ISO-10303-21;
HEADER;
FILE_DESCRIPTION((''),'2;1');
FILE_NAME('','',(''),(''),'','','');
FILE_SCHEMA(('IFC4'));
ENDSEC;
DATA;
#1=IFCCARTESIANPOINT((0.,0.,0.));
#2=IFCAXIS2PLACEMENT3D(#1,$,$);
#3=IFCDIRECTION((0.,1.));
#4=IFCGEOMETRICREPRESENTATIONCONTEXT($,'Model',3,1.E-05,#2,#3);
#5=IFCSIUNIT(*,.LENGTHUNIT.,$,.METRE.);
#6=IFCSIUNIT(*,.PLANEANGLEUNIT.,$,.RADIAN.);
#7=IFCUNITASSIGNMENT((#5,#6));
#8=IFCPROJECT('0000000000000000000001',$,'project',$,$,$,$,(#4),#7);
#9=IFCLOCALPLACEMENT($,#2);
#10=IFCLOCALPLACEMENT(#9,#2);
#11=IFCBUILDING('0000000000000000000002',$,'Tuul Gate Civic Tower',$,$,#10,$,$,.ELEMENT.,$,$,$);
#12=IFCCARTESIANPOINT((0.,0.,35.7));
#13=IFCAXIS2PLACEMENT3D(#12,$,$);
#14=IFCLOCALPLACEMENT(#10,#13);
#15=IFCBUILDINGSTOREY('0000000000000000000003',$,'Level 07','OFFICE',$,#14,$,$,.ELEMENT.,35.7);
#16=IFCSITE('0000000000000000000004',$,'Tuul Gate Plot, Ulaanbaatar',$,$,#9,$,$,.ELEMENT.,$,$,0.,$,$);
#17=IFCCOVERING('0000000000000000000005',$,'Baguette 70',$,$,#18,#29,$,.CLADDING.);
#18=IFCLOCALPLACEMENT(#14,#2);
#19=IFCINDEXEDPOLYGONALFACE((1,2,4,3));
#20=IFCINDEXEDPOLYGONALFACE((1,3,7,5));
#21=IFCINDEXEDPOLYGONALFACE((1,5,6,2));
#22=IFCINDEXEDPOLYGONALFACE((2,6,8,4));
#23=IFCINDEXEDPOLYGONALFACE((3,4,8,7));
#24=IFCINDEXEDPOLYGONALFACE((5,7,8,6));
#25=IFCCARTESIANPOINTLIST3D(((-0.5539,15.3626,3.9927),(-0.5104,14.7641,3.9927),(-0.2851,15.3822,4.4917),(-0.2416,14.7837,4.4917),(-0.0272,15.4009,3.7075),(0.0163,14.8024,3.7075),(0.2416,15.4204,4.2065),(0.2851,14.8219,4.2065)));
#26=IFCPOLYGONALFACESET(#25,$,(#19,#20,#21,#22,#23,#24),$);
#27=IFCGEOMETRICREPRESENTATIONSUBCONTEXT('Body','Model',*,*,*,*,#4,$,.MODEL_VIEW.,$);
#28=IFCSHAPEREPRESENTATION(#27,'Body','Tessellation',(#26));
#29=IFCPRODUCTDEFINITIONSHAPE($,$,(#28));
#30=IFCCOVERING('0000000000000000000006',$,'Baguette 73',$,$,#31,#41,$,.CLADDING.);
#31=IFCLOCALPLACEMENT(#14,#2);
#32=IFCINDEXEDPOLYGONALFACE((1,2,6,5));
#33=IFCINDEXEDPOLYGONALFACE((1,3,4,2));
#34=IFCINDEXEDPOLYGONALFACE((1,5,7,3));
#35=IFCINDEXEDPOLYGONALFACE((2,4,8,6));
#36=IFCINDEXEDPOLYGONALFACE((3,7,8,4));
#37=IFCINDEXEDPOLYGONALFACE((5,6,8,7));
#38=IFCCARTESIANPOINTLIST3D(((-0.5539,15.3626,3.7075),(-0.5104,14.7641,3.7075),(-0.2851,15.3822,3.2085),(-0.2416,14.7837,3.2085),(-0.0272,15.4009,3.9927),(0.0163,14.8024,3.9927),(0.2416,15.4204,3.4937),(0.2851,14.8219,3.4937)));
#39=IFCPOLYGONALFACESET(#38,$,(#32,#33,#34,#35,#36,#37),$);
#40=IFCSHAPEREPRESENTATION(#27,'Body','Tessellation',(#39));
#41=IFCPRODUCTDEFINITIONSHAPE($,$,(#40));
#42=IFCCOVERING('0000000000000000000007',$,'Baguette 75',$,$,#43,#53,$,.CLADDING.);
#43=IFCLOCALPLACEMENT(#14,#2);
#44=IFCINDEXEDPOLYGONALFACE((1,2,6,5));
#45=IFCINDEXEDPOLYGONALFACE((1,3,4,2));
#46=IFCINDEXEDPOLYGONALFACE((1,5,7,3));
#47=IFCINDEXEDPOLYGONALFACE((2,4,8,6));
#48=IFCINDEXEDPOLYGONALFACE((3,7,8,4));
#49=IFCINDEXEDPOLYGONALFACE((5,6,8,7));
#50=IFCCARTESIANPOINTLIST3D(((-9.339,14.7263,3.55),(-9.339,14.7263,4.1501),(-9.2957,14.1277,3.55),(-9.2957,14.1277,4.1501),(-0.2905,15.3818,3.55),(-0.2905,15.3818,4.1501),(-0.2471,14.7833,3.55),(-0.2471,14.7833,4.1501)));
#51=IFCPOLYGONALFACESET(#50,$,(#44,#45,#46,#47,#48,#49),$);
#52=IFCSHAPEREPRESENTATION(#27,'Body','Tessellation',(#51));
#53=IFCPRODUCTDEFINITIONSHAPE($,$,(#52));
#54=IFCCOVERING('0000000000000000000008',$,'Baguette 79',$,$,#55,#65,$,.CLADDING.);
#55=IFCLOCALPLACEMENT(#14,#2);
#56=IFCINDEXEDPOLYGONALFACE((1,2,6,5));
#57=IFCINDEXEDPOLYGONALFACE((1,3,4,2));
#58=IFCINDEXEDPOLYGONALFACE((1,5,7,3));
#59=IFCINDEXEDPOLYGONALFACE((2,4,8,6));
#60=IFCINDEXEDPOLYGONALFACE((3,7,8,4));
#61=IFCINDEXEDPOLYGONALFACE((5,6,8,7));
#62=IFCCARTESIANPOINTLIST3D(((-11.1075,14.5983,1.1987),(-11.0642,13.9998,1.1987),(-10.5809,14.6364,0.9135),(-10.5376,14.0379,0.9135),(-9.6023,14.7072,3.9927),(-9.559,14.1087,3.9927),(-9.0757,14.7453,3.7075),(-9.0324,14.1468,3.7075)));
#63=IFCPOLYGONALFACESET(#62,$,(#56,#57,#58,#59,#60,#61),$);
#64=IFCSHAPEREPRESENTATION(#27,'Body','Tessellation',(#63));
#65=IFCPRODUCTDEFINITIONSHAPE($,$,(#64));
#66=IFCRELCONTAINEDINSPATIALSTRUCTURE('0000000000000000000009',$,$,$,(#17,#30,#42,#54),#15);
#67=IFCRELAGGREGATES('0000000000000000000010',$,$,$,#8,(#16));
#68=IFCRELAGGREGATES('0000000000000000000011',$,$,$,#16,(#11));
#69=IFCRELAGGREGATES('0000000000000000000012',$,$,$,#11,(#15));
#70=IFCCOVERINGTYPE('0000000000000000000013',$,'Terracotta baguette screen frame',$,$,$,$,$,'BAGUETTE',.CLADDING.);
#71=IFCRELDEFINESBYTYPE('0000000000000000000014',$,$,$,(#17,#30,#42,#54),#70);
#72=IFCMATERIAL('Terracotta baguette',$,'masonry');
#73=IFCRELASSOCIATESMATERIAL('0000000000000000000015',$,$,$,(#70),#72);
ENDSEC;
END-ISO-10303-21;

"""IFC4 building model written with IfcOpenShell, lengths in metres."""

from ifc_helpers import new_model, si_unit, direction, frame, origin, origin_2d, place, context, subcontext, project, spatial, rectangle, extrude, material, material_profile, profile_set, type_object, element, save


model = new_model("IFC4")

# Units and contexts
model_context = context("Model", 3, precision=1e-05, world=origin(), true_north=direction((0.0, 1.0)))
body_context = subcontext(model_context, "Body", "Model", "MODEL_VIEW")
ifc_project = project(units=[si_unit("LENGTHUNIT", "METRE"), si_unit("PLANEANGLEUNIT", "RADIAN")], contexts=[model_context])

# Site, building, storey
site_placement = place(None, origin())
site = spatial("IfcSite", under=ifc_project, at=site_placement, Name="Tuul Gate Plot, Ulaanbaatar", CompositionType="ELEMENT", RefElevation=0.0)
building_placement = place(site_placement, origin())
building = spatial("IfcBuilding", under=site, at=building_placement, Name="Tuul Gate Civic Tower", CompositionType="ELEMENT")
storey_placement = place(building_placement, frame((0.0, 0.0, 35.7)))
storey = spatial("IfcBuildingStorey", under=building, at=storey_placement, Name="Level 07", Description="OFFICE", CompositionType="ELEMENT", Elevation=35.7)

# Coverings
ifc_material_1 = material(Name="Terracotta baguette", Category="masonry")
ifc_material_profile_1 = material_profile(ifc_material_1, rectangle(XDim=0.6001, YDim=0.6001, at=origin_2d()), Name="Terracotta baguette screen frame")
ifc_profile_set_1 = profile_set([ifc_material_profile_1], Name="Terracotta baguette")
covering_type = type_object("IfcCoveringType", Name="Terracotta baguette screen frame", ElementType="BAGUETTE", PredefinedType="CLADDING", material=ifc_profile_set_1)
for number, where, z_axis, x_axis, name in (
    (1, (0.0, 15.1021, 4.3491), (-0.473947, -0.034438, -0.87988), (0.07247, -0.997371, 0.0), "Baguette 70"),
    (2, (-0.2688, 15.0825, 3.8501), (0.473947, 0.034438, -0.87988), (-0.07247, 0.997371, 0.0), "Baguette 73"),
):
    element("IfcCovering", number, at=place(storey_placement, frame(where, z_axis=z_axis, x_axis=x_axis)), inside=storey, type_object=covering_type, Name=name, PredefinedType="CLADDING", context=body_context, shape_type="SweptSolid", body=[
        extrude(rectangle(XDim=0.6001, YDim=0.6001, at=origin_2d()), origin(), (0.0, 0.0, 1.0), 0.5671),
    ])
covering_1_placement = place(storey_placement, frame((-0.2688, 15.0825, 3.8501), z_axis=(-0.997386, -0.072255, 0.0), x_axis=(0.072255, -0.997386, 0.0)))
element("IfcCovering", 3, at=covering_1_placement, inside=storey, type_object=covering_type, Name="Baguette 75", PredefinedType="CLADDING", context=body_context, shape_type="SweptSolid", body=[
    extrude(rectangle(XDim=0.6001, YDim=0.6001, at=origin_2d()), origin(), (0.0, 0.0, 1.0), 9.0723),
])
covering_2_placement = place(storey_placement, frame((-9.3174, 14.427, 3.8501), z_axis=(-0.473991, -0.03429, -0.879862), x_axis=(0.072155, -0.997393, 0.0)))
element("IfcCovering", 4, at=covering_2_placement, inside=storey, type_object=covering_type, Name="Baguette 79", PredefinedType="CLADDING", context=body_context, shape_type="SweptSolid", body=[
    extrude(rectangle(XDim=0.6001, YDim=0.6001, at=origin_2d()), origin(), (0.0, 0.0, 1.0), 3.1755),
])

save(model, "model.ifc")
